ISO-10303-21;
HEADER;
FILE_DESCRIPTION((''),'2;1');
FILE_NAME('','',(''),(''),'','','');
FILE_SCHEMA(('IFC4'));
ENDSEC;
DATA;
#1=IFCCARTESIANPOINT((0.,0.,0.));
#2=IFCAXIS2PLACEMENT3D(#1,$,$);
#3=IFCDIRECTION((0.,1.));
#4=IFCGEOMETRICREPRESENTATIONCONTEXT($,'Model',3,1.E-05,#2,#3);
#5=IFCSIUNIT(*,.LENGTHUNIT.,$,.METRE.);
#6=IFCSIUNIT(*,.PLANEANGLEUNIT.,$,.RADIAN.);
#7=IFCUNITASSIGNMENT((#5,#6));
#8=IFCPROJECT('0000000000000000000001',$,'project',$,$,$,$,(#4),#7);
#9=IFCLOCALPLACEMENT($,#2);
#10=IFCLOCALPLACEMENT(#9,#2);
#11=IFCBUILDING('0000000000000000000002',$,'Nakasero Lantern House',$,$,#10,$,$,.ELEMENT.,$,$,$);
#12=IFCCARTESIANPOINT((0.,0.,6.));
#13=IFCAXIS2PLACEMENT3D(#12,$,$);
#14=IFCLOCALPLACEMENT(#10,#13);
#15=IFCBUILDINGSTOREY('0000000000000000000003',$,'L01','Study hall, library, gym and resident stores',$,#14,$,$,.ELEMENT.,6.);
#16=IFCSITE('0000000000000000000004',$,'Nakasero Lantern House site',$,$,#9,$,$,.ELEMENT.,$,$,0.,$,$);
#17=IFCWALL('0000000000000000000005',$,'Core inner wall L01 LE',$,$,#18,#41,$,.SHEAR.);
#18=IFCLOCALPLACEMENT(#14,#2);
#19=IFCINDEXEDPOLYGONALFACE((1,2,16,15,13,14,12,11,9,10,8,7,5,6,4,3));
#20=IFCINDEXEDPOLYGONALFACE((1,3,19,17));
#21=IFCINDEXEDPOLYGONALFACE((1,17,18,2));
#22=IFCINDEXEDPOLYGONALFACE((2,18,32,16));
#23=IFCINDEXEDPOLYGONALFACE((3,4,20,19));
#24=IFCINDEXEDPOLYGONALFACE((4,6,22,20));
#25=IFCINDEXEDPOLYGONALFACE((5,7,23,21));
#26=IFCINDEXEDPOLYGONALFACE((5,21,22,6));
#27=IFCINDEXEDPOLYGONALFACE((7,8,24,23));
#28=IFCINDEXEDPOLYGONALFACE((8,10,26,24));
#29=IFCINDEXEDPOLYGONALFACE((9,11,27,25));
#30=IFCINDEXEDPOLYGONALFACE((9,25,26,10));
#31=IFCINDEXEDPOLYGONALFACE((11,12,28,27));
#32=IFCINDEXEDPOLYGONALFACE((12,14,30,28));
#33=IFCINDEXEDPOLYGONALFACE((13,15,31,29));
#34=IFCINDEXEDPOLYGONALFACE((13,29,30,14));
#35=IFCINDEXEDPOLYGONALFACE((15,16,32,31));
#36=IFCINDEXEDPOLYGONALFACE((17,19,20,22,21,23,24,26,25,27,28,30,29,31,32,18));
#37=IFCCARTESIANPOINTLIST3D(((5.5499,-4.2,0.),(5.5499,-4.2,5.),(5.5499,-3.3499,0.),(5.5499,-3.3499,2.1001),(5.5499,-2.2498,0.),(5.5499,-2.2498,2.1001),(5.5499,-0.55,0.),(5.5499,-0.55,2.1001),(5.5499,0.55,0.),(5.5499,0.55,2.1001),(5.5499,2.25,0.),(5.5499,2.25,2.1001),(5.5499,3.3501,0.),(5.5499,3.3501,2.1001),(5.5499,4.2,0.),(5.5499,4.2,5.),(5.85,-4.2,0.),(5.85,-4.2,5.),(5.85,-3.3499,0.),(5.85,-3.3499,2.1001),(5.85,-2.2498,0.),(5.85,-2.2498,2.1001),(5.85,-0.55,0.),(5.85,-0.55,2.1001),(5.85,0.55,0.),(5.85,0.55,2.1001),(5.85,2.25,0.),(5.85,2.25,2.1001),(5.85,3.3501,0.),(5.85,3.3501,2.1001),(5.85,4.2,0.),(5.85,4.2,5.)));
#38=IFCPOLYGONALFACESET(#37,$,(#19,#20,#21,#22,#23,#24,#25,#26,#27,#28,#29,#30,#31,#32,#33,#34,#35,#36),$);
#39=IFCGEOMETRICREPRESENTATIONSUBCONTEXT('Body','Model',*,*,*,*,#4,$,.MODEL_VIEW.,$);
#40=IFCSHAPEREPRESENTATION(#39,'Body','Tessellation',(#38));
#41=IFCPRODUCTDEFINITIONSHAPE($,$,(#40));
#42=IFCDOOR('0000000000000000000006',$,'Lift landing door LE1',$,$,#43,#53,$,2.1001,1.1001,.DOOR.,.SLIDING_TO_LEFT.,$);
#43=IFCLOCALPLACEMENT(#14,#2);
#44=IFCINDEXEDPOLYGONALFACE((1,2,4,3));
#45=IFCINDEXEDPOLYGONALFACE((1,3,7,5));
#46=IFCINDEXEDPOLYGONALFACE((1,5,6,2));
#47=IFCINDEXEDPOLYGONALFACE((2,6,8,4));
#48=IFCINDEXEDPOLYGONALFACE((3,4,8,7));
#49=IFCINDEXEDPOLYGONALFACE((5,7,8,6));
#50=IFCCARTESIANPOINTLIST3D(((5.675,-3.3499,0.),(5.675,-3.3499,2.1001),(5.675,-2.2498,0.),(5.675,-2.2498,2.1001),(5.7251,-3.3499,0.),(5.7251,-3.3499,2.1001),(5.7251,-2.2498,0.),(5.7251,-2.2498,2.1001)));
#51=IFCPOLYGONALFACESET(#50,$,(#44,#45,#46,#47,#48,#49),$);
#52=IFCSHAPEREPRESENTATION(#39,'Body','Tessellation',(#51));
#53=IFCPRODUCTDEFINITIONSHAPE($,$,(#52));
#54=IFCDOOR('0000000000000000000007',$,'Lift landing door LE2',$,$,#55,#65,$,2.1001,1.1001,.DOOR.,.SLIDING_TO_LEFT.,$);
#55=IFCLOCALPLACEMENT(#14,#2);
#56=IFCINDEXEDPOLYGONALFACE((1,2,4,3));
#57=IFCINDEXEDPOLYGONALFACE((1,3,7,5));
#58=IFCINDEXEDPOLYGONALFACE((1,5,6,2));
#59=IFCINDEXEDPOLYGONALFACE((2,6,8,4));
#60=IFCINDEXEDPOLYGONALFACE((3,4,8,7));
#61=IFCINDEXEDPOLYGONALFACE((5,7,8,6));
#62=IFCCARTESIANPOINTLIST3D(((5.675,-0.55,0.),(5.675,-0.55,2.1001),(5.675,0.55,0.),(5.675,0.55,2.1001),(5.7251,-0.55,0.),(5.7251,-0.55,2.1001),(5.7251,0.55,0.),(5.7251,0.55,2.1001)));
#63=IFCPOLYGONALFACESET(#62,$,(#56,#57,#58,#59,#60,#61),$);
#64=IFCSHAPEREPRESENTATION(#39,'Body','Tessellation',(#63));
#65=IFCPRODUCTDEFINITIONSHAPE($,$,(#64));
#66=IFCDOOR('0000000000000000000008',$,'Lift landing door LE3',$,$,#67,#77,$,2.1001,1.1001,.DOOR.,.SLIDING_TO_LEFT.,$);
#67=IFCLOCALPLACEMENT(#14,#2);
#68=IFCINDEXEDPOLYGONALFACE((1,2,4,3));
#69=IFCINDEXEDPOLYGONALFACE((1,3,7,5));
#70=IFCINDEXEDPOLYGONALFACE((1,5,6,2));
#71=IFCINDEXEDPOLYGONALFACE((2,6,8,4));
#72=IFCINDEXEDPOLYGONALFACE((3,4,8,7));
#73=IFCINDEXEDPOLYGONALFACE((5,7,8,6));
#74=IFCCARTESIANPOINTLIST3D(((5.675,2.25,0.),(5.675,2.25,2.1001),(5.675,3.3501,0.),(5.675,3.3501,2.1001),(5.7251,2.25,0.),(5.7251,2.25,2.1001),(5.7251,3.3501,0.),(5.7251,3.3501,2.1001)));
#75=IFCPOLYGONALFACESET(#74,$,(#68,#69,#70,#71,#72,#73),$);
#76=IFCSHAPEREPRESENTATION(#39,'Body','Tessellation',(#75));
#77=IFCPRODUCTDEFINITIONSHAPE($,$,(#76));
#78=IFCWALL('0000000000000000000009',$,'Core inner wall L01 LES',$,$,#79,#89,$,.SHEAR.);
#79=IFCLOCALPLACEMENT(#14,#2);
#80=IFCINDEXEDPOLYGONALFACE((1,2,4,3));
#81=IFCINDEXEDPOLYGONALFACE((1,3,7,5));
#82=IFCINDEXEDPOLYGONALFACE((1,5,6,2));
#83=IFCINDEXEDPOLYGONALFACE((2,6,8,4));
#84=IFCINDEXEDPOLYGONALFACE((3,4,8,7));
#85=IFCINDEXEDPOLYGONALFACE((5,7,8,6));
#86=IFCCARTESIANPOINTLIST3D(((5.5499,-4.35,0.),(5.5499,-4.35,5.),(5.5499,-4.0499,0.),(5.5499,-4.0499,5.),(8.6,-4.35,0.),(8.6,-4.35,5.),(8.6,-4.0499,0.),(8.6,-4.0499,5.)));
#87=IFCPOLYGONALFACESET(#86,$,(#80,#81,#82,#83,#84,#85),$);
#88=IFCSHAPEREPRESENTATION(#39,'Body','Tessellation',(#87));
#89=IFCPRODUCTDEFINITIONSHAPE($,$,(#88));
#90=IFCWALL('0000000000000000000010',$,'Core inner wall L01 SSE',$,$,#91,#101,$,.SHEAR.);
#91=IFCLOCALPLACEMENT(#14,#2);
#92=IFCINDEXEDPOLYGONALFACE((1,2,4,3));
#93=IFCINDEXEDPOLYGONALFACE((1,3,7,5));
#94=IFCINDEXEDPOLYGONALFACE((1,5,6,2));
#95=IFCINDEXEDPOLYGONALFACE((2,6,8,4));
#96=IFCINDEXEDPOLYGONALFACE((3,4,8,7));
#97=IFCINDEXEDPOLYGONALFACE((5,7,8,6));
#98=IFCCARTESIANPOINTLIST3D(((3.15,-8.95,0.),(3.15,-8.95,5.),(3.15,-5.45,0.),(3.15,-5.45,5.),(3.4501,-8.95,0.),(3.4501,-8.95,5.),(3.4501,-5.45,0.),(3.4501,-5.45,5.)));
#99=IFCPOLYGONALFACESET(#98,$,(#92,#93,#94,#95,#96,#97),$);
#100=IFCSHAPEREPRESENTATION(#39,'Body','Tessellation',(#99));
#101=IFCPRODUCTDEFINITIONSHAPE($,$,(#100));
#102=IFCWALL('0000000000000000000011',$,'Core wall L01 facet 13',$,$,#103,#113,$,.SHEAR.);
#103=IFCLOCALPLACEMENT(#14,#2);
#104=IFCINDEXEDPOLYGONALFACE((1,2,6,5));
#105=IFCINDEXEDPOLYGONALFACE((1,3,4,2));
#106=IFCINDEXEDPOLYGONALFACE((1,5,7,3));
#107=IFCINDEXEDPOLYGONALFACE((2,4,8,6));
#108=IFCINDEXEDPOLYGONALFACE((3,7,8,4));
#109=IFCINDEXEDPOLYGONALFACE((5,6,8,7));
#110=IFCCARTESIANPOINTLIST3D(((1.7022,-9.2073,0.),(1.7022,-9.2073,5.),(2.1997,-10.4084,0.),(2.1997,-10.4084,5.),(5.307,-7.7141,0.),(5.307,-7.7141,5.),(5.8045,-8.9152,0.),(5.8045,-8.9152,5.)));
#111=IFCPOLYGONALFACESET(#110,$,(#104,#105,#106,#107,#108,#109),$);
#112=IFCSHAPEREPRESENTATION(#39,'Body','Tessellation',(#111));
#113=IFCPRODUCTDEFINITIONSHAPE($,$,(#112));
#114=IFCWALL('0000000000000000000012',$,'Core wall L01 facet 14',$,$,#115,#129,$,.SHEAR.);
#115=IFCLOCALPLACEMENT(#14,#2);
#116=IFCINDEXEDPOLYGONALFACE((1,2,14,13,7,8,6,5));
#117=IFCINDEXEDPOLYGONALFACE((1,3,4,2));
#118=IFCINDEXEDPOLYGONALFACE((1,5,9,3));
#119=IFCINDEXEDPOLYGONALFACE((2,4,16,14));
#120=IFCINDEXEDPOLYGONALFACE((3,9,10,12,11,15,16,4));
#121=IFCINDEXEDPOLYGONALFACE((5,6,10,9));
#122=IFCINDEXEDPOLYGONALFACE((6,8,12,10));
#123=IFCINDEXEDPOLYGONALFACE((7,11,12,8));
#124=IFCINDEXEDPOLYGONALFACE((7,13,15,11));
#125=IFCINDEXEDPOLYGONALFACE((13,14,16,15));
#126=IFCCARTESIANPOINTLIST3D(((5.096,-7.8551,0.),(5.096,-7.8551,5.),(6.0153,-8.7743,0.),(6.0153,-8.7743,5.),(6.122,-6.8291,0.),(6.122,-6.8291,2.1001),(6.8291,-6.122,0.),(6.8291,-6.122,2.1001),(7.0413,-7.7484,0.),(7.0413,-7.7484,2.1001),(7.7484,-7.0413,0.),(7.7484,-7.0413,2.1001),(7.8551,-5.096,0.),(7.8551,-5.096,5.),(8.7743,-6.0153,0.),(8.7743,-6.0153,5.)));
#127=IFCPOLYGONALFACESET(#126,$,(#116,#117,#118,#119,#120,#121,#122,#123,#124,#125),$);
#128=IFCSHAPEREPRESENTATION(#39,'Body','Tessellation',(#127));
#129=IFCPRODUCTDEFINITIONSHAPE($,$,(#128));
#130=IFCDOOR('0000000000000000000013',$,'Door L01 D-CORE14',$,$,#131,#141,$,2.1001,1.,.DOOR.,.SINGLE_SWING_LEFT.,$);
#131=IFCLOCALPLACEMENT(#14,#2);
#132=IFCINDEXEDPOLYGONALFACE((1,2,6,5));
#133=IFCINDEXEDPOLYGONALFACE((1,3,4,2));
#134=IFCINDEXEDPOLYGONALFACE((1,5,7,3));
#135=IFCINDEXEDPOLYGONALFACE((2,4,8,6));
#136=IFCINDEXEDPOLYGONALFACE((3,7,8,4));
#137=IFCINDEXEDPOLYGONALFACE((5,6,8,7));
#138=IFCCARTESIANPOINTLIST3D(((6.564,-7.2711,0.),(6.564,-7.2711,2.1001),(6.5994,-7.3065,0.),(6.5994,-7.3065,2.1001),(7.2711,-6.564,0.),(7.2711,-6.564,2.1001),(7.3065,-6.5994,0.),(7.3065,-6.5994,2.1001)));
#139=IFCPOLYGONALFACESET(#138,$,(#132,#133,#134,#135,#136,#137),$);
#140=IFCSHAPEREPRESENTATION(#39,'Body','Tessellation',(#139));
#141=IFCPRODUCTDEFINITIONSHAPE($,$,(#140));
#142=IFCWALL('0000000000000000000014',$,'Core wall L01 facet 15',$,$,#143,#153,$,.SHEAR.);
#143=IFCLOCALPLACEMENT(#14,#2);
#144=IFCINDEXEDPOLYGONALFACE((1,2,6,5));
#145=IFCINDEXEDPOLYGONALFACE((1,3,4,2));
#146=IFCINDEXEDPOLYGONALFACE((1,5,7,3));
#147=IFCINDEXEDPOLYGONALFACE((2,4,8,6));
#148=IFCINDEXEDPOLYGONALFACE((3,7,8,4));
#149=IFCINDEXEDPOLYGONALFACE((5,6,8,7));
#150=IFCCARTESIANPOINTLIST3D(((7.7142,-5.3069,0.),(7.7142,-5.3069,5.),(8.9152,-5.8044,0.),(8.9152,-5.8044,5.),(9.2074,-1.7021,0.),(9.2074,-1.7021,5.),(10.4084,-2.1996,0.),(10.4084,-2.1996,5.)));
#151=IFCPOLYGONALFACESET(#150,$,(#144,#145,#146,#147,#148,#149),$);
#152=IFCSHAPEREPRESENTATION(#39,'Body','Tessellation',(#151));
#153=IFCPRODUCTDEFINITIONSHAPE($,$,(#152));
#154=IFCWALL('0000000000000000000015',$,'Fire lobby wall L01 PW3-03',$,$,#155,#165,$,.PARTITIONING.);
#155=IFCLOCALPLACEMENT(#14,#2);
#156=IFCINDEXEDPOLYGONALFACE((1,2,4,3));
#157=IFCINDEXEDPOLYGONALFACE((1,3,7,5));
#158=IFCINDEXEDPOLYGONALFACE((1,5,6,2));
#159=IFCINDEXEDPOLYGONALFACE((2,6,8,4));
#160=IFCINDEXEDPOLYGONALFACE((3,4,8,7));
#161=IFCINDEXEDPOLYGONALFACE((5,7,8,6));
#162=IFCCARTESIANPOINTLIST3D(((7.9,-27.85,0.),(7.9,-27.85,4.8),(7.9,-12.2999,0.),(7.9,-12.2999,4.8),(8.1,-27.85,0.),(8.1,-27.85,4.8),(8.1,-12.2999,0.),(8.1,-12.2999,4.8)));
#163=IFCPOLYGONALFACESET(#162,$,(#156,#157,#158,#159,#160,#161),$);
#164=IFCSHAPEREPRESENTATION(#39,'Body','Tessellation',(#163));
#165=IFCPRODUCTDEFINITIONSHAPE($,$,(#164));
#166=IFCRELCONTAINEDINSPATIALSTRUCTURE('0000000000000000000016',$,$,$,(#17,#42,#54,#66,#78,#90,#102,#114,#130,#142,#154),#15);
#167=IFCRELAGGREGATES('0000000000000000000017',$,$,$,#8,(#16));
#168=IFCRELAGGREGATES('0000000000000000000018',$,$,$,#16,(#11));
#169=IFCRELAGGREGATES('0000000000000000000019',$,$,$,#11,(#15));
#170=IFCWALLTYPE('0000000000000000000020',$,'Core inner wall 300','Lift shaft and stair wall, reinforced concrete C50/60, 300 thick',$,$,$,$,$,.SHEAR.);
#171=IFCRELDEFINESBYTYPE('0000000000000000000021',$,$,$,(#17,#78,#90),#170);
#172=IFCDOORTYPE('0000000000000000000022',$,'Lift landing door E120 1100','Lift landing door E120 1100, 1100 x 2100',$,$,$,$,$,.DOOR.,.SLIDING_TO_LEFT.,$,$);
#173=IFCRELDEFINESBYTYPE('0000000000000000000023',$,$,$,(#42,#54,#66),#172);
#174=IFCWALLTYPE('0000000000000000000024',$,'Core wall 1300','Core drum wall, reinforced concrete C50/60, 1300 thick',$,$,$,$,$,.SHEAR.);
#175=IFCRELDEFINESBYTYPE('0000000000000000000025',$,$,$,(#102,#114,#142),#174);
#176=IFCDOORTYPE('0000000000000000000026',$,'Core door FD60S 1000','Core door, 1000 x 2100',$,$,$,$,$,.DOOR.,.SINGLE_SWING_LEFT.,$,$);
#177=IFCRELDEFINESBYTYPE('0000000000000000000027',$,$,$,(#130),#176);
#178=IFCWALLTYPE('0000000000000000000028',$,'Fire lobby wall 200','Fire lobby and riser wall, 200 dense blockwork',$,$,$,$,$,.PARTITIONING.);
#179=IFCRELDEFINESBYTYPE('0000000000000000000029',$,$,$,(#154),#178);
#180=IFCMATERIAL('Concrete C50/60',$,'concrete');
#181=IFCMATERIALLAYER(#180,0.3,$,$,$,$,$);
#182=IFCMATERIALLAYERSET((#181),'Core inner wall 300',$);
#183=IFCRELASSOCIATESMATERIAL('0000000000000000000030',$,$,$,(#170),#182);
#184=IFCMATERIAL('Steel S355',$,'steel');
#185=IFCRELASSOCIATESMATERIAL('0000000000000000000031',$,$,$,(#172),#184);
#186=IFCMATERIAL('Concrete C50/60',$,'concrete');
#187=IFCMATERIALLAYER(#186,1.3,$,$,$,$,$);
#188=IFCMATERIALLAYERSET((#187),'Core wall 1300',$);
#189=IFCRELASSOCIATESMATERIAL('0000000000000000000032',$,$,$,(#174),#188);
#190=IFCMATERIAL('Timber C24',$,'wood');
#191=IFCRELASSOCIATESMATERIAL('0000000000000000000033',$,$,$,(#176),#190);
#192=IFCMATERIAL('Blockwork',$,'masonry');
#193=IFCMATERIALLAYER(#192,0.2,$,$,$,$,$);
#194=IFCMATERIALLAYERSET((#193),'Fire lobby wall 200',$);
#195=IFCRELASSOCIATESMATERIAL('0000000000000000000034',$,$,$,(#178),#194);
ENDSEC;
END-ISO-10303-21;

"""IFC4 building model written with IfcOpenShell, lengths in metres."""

from ifc_helpers import new_model, si_unit, direction, frame, frame_2d, origin, place, context, subcontext, project, spatial, rectangle, extrude, material, layer, layer_set, type_object, element, fill, save


model = new_model("IFC4")

# Units and contexts
model_context = context("Model", 3, precision=1e-05, world=origin(), true_north=direction((0.0, 1.0)))
body_context = subcontext(model_context, "Body", "Model", "MODEL_VIEW")
ifc_project = project(units=[si_unit("LENGTHUNIT", "METRE"), si_unit("PLANEANGLEUNIT", "RADIAN")], contexts=[model_context])

# Site, building, storey
site_placement = place(None, origin())
site = spatial("IfcSite", under=ifc_project, at=site_placement, Name="Nakasero Lantern House site", CompositionType="ELEMENT", RefElevation=0.0)
building_placement = place(site_placement, origin())
building = spatial("IfcBuilding", under=site, at=building_placement, Name="Nakasero Lantern House", CompositionType="ELEMENT")
storey_placement = place(building_placement, frame((0.0, 0.0, 6.0)))
storey = spatial("IfcBuildingStorey", under=building, at=storey_placement, Name="L01", Description="Study hall, library, gym and resident stores", CompositionType="ELEMENT", Elevation=6.0)

# Wall, openings, doors
ifc_material_1 = material(Name="Concrete C50/60", Category="concrete")
ifc_layer_1 = layer(ifc_material_1, 0.3)
ifc_layer_set_1 = layer_set([ifc_layer_1], Name="Core inner wall 300")
wall_type_1 = type_object("IfcWallType", Name="Core inner wall 300", Description="Lift shaft and stair wall, reinforced concrete C50/60, 300 thick", PredefinedType="SHEAR", material=ifc_layer_set_1)
wall_1_placement = place(storey_placement, frame((5.7, -4.2, 0.0), z_axis=(0.0, 0.0, 1.0), x_axis=(0.0, 1.0, 0.0)))
wall_1 = element("IfcWall", 1, at=wall_1_placement, inside=storey, type_object=wall_type_1, Name="Core inner wall L01 LE", PredefinedType="SHEAR", context=body_context, shape_type="SweptSolid", body=[
    extrude(rectangle(XDim=8.3999, YDim=0.3, at=frame_2d((4.2, 0.0))), origin(), (0.0, 0.0, 1.0), 5.0),
])
opening_1_placement = place(wall_1_placement, frame((0.8501, 0.0, 0.0)))
opening_1 = element("IfcOpeningElement", 2, at=opening_1_placement, cuts=wall_1, PredefinedType="OPENING", context=body_context, shape_type="SweptSolid", body=[
    extrude(rectangle(XDim=1.1001, YDim=2.1001, at=frame_2d((0.55, 1.05))), frame((0.0, 0.1699, 0.0), z_axis=(0.0, -1.0, 0.0), x_axis=(1.0, 0.0, 0.0)), (0.0, 0.0, 1.0), 0.3401),
])
opening_2_placement = place(wall_1_placement, frame((3.6499, 0.0, 0.0)))
opening_2 = element("IfcOpeningElement", 3, at=opening_2_placement, cuts=wall_1, PredefinedType="OPENING", context=body_context, shape_type="SweptSolid", body=[
    extrude(rectangle(XDim=1.1001, YDim=2.1001, at=frame_2d((0.55, 1.05))), frame((0.0, 0.1699, 0.0), z_axis=(0.0, -1.0, 0.0), x_axis=(1.0, 0.0, 0.0)), (0.0, 0.0, 1.0), 0.3401),
])
opening_3_placement = place(wall_1_placement, frame((6.45, 0.0, 0.0)))
opening_3 = element("IfcOpeningElement", 4, at=opening_3_placement, cuts=wall_1, PredefinedType="OPENING", context=body_context, shape_type="SweptSolid", body=[
    extrude(rectangle(XDim=1.1001, YDim=2.1001, at=frame_2d((0.55, 1.05))), frame((0.0, 0.1699, 0.0), z_axis=(0.0, -1.0, 0.0), x_axis=(1.0, 0.0, 0.0)), (0.0, 0.0, 1.0), 0.3401),
])
ifc_material_2 = material(Name="Steel S355", Category="steel")
door_type_1 = type_object("IfcDoorType", Name="Lift landing door E120 1100", Description="Lift landing door E120 1100, 1100 x 2100", OperationType="SLIDING_TO_LEFT", PredefinedType="DOOR", material=ifc_material_2)
door_1_placement = place(opening_1_placement, origin())
door_1 = element("IfcDoor", 5, at=door_1_placement, inside=storey, type_object=door_type_1, Name="Lift landing door LE1", OperationType="SLIDING_TO_LEFT", OverallHeight=2.1001, OverallWidth=1.1001, PredefinedType="DOOR", context=body_context, shape_type="SweptSolid", body=[
    extrude(rectangle(XDim=1.1001, YDim=2.1001, at=frame_2d((0.55, 1.05))), frame((0.0, 0.0249, 0.0), z_axis=(0.0, -1.0, 0.0), x_axis=(1.0, 0.0, 0.0)), (0.0, 0.0, 1.0), 0.05),
])
fill(opening_1, door_1)
door_2_placement = place(opening_2_placement, origin())
door_2 = element("IfcDoor", 6, at=door_2_placement, inside=storey, type_object=door_type_1, Name="Lift landing door LE2", OperationType="SLIDING_TO_LEFT", OverallHeight=2.1001, OverallWidth=1.1001, PredefinedType="DOOR", context=body_context, shape_type="SweptSolid", body=[
    extrude(rectangle(XDim=1.1001, YDim=2.1001, at=frame_2d((0.55, 1.05))), frame((0.0, 0.0249, 0.0), z_axis=(0.0, -1.0, 0.0), x_axis=(1.0, 0.0, 0.0)), (0.0, 0.0, 1.0), 0.05),
])
fill(opening_2, door_2)
door_3_placement = place(opening_3_placement, origin())
door_3 = element("IfcDoor", 7, at=door_3_placement, inside=storey, type_object=door_type_1, Name="Lift landing door LE3", OperationType="SLIDING_TO_LEFT", OverallHeight=2.1001, OverallWidth=1.1001, PredefinedType="DOOR", context=body_context, shape_type="SweptSolid", body=[
    extrude(rectangle(XDim=1.1001, YDim=2.1001, at=frame_2d((0.55, 1.05))), frame((0.0, 0.0249, 0.0), z_axis=(0.0, -1.0, 0.0), x_axis=(1.0, 0.0, 0.0)), (0.0, 0.0, 1.0), 0.05),
])
fill(opening_3, door_3)

# Walls
wall_2_placement = place(storey_placement, frame((5.55, -4.2, 0.0), z_axis=(0.0, 0.0, 1.0), x_axis=(1.0, 0.0, 0.0)))
element("IfcWall", 8, at=wall_2_placement, inside=storey, type_object=wall_type_1, Name="Core inner wall L01 LES", PredefinedType="SHEAR", context=body_context, shape_type="SweptSolid", body=[
    extrude(rectangle(XDim=3.05, YDim=0.3, at=frame_2d((1.5249, 0.0))), origin(), (0.0, 0.0, 1.0), 5.0),
])
wall_3_placement = place(storey_placement, frame((3.3, -5.45, 0.0), z_axis=(0.0, 0.0, 1.0), x_axis=(0.0, -1.0, 0.0)))
element("IfcWall", 9, at=wall_3_placement, inside=storey, type_object=wall_type_1, Name="Core inner wall L01 SSE", PredefinedType="SHEAR", context=body_context, shape_type="SweptSolid", body=[
    extrude(rectangle(XDim=3.5, YDim=0.3, at=frame_2d((1.75, 0.0))), origin(), (0.0, 0.0, 1.0), 5.0),
])
ifc_material_3 = material(Name="Concrete C50/60", Category="concrete")
ifc_layer_2 = layer(ifc_material_3, 1.3)
ifc_layer_set_2 = layer_set([ifc_layer_2], Name="Core wall 1300")
wall_type_2 = type_object("IfcWallType", Name="Core wall 1300", Description="Core drum wall, reinforced concrete C50/60, 1300 thick", PredefinedType="SHEAR", material=ifc_layer_set_2)
wall_4_placement = place(storey_placement, frame((1.9509, -9.8079, 0.0), z_axis=(0.0, 0.0, 1.0), x_axis=(0.923877, 0.382691, 0.0)))
element("IfcWall", 10, at=wall_4_placement, inside=storey, type_object=wall_type_2, Name="Core wall L01 facet 13", PredefinedType="SHEAR", context=body_context, shape_type="SweptSolid", body=[
    extrude(rectangle(XDim=3.9019, YDim=1.3, at=frame_2d((1.9509, 0.0))), origin(), (0.0, 0.0, 1.0), 5.0),
])

# Wall, opening, door
wall_5_placement = place(storey_placement, frame((5.5557, -8.3147, 0.0), z_axis=(0.0, 0.0, 1.0), x_axis=(0.707107, 0.707107, 0.0)))
wall_5 = element("IfcWall", 11, at=wall_5_placement, inside=storey, type_object=wall_type_2, Name="Core wall L01 facet 14", PredefinedType="SHEAR", context=body_context, shape_type="SweptSolid", body=[
    extrude(rectangle(XDim=3.9019, YDim=1.3, at=frame_2d((1.9509, 0.0))), origin(), (0.0, 0.0, 1.0), 5.0),
])
opening_4_placement = place(wall_5_placement, frame((1.4509, 0.0, 0.0)))
opening_4 = element("IfcOpeningElement", 12, at=opening_4_placement, cuts=wall_5, PredefinedType="OPENING", context=body_context, shape_type="SweptSolid", body=[
    extrude(rectangle(XDim=1.0, YDim=2.1001, at=frame_2d((0.5, 1.05))), frame((0.0, 0.6699, 0.0), z_axis=(0.0, -1.0, 0.0), x_axis=(1.0, 0.0, 0.0)), (0.0, 0.0, 1.0), 1.3401),
])
ifc_material_4 = material(Name="Timber C24", Category="wood")
door_type_2 = type_object("IfcDoorType", Name="Core door FD60S 1000", Description="Core door, 1000 x 2100", OperationType="SINGLE_SWING_LEFT", PredefinedType="DOOR", material=ifc_material_4)
door_4_placement = place(opening_4_placement, origin())
door_4 = element("IfcDoor", 13, at=door_4_placement, inside=storey, type_object=door_type_2, Name="Door L01 D-CORE14", OperationType="SINGLE_SWING_LEFT", OverallHeight=2.1001, OverallWidth=1.0, PredefinedType="DOOR", context=body_context, shape_type="SweptSolid", body=[
    extrude(rectangle(XDim=1.0, YDim=2.1001, at=frame_2d((0.5, 1.05))), frame((0.0, 0.0249, 0.0), z_axis=(0.0, -1.0, 0.0), x_axis=(1.0, 0.0, 0.0)), (0.0, 0.0, 1.0), 0.05),
])
fill(opening_4, door_4)

# Walls
wall_6_placement = place(storey_placement, frame((8.3147, -5.5557, 0.0), z_axis=(0.0, 0.0, 1.0), x_axis=(0.382691, 0.923877, 0.0)))
element("IfcWall", 14, at=wall_6_placement, inside=storey, type_object=wall_type_2, Name="Core wall L01 facet 15", PredefinedType="SHEAR", context=body_context, shape_type="SweptSolid", body=[
    extrude(rectangle(XDim=3.9019, YDim=1.3, at=frame_2d((1.9509, 0.0))), origin(), (0.0, 0.0, 1.0), 5.0),
])
ifc_material_5 = material(Name="Blockwork", Category="masonry")
ifc_layer_3 = layer(ifc_material_5, 0.2)
ifc_layer_set_3 = layer_set([ifc_layer_3], Name="Fire lobby wall 200")
wall_type_3 = type_object("IfcWallType", Name="Fire lobby wall 200", Description="Fire lobby and riser wall, 200 dense blockwork", PredefinedType="PARTITIONING", material=ifc_layer_set_3)
wall_7_placement = place(storey_placement, frame((8.0, -12.3, 0.0), z_axis=(0.0, 0.0, 1.0), x_axis=(0.0, -1.0, 0.0)))
element("IfcWall", 15, at=wall_7_placement, inside=storey, type_object=wall_type_3, Name="Fire lobby wall L01 PW3-03", PredefinedType="PARTITIONING", context=body_context, shape_type="SweptSolid", body=[
    extrude(rectangle(XDim=15.55, YDim=0.2, at=frame_2d((7.7749, 0.0))), origin(), (0.0, 0.0, 1.0), 4.8),
])

save(model, "model.ifc")
